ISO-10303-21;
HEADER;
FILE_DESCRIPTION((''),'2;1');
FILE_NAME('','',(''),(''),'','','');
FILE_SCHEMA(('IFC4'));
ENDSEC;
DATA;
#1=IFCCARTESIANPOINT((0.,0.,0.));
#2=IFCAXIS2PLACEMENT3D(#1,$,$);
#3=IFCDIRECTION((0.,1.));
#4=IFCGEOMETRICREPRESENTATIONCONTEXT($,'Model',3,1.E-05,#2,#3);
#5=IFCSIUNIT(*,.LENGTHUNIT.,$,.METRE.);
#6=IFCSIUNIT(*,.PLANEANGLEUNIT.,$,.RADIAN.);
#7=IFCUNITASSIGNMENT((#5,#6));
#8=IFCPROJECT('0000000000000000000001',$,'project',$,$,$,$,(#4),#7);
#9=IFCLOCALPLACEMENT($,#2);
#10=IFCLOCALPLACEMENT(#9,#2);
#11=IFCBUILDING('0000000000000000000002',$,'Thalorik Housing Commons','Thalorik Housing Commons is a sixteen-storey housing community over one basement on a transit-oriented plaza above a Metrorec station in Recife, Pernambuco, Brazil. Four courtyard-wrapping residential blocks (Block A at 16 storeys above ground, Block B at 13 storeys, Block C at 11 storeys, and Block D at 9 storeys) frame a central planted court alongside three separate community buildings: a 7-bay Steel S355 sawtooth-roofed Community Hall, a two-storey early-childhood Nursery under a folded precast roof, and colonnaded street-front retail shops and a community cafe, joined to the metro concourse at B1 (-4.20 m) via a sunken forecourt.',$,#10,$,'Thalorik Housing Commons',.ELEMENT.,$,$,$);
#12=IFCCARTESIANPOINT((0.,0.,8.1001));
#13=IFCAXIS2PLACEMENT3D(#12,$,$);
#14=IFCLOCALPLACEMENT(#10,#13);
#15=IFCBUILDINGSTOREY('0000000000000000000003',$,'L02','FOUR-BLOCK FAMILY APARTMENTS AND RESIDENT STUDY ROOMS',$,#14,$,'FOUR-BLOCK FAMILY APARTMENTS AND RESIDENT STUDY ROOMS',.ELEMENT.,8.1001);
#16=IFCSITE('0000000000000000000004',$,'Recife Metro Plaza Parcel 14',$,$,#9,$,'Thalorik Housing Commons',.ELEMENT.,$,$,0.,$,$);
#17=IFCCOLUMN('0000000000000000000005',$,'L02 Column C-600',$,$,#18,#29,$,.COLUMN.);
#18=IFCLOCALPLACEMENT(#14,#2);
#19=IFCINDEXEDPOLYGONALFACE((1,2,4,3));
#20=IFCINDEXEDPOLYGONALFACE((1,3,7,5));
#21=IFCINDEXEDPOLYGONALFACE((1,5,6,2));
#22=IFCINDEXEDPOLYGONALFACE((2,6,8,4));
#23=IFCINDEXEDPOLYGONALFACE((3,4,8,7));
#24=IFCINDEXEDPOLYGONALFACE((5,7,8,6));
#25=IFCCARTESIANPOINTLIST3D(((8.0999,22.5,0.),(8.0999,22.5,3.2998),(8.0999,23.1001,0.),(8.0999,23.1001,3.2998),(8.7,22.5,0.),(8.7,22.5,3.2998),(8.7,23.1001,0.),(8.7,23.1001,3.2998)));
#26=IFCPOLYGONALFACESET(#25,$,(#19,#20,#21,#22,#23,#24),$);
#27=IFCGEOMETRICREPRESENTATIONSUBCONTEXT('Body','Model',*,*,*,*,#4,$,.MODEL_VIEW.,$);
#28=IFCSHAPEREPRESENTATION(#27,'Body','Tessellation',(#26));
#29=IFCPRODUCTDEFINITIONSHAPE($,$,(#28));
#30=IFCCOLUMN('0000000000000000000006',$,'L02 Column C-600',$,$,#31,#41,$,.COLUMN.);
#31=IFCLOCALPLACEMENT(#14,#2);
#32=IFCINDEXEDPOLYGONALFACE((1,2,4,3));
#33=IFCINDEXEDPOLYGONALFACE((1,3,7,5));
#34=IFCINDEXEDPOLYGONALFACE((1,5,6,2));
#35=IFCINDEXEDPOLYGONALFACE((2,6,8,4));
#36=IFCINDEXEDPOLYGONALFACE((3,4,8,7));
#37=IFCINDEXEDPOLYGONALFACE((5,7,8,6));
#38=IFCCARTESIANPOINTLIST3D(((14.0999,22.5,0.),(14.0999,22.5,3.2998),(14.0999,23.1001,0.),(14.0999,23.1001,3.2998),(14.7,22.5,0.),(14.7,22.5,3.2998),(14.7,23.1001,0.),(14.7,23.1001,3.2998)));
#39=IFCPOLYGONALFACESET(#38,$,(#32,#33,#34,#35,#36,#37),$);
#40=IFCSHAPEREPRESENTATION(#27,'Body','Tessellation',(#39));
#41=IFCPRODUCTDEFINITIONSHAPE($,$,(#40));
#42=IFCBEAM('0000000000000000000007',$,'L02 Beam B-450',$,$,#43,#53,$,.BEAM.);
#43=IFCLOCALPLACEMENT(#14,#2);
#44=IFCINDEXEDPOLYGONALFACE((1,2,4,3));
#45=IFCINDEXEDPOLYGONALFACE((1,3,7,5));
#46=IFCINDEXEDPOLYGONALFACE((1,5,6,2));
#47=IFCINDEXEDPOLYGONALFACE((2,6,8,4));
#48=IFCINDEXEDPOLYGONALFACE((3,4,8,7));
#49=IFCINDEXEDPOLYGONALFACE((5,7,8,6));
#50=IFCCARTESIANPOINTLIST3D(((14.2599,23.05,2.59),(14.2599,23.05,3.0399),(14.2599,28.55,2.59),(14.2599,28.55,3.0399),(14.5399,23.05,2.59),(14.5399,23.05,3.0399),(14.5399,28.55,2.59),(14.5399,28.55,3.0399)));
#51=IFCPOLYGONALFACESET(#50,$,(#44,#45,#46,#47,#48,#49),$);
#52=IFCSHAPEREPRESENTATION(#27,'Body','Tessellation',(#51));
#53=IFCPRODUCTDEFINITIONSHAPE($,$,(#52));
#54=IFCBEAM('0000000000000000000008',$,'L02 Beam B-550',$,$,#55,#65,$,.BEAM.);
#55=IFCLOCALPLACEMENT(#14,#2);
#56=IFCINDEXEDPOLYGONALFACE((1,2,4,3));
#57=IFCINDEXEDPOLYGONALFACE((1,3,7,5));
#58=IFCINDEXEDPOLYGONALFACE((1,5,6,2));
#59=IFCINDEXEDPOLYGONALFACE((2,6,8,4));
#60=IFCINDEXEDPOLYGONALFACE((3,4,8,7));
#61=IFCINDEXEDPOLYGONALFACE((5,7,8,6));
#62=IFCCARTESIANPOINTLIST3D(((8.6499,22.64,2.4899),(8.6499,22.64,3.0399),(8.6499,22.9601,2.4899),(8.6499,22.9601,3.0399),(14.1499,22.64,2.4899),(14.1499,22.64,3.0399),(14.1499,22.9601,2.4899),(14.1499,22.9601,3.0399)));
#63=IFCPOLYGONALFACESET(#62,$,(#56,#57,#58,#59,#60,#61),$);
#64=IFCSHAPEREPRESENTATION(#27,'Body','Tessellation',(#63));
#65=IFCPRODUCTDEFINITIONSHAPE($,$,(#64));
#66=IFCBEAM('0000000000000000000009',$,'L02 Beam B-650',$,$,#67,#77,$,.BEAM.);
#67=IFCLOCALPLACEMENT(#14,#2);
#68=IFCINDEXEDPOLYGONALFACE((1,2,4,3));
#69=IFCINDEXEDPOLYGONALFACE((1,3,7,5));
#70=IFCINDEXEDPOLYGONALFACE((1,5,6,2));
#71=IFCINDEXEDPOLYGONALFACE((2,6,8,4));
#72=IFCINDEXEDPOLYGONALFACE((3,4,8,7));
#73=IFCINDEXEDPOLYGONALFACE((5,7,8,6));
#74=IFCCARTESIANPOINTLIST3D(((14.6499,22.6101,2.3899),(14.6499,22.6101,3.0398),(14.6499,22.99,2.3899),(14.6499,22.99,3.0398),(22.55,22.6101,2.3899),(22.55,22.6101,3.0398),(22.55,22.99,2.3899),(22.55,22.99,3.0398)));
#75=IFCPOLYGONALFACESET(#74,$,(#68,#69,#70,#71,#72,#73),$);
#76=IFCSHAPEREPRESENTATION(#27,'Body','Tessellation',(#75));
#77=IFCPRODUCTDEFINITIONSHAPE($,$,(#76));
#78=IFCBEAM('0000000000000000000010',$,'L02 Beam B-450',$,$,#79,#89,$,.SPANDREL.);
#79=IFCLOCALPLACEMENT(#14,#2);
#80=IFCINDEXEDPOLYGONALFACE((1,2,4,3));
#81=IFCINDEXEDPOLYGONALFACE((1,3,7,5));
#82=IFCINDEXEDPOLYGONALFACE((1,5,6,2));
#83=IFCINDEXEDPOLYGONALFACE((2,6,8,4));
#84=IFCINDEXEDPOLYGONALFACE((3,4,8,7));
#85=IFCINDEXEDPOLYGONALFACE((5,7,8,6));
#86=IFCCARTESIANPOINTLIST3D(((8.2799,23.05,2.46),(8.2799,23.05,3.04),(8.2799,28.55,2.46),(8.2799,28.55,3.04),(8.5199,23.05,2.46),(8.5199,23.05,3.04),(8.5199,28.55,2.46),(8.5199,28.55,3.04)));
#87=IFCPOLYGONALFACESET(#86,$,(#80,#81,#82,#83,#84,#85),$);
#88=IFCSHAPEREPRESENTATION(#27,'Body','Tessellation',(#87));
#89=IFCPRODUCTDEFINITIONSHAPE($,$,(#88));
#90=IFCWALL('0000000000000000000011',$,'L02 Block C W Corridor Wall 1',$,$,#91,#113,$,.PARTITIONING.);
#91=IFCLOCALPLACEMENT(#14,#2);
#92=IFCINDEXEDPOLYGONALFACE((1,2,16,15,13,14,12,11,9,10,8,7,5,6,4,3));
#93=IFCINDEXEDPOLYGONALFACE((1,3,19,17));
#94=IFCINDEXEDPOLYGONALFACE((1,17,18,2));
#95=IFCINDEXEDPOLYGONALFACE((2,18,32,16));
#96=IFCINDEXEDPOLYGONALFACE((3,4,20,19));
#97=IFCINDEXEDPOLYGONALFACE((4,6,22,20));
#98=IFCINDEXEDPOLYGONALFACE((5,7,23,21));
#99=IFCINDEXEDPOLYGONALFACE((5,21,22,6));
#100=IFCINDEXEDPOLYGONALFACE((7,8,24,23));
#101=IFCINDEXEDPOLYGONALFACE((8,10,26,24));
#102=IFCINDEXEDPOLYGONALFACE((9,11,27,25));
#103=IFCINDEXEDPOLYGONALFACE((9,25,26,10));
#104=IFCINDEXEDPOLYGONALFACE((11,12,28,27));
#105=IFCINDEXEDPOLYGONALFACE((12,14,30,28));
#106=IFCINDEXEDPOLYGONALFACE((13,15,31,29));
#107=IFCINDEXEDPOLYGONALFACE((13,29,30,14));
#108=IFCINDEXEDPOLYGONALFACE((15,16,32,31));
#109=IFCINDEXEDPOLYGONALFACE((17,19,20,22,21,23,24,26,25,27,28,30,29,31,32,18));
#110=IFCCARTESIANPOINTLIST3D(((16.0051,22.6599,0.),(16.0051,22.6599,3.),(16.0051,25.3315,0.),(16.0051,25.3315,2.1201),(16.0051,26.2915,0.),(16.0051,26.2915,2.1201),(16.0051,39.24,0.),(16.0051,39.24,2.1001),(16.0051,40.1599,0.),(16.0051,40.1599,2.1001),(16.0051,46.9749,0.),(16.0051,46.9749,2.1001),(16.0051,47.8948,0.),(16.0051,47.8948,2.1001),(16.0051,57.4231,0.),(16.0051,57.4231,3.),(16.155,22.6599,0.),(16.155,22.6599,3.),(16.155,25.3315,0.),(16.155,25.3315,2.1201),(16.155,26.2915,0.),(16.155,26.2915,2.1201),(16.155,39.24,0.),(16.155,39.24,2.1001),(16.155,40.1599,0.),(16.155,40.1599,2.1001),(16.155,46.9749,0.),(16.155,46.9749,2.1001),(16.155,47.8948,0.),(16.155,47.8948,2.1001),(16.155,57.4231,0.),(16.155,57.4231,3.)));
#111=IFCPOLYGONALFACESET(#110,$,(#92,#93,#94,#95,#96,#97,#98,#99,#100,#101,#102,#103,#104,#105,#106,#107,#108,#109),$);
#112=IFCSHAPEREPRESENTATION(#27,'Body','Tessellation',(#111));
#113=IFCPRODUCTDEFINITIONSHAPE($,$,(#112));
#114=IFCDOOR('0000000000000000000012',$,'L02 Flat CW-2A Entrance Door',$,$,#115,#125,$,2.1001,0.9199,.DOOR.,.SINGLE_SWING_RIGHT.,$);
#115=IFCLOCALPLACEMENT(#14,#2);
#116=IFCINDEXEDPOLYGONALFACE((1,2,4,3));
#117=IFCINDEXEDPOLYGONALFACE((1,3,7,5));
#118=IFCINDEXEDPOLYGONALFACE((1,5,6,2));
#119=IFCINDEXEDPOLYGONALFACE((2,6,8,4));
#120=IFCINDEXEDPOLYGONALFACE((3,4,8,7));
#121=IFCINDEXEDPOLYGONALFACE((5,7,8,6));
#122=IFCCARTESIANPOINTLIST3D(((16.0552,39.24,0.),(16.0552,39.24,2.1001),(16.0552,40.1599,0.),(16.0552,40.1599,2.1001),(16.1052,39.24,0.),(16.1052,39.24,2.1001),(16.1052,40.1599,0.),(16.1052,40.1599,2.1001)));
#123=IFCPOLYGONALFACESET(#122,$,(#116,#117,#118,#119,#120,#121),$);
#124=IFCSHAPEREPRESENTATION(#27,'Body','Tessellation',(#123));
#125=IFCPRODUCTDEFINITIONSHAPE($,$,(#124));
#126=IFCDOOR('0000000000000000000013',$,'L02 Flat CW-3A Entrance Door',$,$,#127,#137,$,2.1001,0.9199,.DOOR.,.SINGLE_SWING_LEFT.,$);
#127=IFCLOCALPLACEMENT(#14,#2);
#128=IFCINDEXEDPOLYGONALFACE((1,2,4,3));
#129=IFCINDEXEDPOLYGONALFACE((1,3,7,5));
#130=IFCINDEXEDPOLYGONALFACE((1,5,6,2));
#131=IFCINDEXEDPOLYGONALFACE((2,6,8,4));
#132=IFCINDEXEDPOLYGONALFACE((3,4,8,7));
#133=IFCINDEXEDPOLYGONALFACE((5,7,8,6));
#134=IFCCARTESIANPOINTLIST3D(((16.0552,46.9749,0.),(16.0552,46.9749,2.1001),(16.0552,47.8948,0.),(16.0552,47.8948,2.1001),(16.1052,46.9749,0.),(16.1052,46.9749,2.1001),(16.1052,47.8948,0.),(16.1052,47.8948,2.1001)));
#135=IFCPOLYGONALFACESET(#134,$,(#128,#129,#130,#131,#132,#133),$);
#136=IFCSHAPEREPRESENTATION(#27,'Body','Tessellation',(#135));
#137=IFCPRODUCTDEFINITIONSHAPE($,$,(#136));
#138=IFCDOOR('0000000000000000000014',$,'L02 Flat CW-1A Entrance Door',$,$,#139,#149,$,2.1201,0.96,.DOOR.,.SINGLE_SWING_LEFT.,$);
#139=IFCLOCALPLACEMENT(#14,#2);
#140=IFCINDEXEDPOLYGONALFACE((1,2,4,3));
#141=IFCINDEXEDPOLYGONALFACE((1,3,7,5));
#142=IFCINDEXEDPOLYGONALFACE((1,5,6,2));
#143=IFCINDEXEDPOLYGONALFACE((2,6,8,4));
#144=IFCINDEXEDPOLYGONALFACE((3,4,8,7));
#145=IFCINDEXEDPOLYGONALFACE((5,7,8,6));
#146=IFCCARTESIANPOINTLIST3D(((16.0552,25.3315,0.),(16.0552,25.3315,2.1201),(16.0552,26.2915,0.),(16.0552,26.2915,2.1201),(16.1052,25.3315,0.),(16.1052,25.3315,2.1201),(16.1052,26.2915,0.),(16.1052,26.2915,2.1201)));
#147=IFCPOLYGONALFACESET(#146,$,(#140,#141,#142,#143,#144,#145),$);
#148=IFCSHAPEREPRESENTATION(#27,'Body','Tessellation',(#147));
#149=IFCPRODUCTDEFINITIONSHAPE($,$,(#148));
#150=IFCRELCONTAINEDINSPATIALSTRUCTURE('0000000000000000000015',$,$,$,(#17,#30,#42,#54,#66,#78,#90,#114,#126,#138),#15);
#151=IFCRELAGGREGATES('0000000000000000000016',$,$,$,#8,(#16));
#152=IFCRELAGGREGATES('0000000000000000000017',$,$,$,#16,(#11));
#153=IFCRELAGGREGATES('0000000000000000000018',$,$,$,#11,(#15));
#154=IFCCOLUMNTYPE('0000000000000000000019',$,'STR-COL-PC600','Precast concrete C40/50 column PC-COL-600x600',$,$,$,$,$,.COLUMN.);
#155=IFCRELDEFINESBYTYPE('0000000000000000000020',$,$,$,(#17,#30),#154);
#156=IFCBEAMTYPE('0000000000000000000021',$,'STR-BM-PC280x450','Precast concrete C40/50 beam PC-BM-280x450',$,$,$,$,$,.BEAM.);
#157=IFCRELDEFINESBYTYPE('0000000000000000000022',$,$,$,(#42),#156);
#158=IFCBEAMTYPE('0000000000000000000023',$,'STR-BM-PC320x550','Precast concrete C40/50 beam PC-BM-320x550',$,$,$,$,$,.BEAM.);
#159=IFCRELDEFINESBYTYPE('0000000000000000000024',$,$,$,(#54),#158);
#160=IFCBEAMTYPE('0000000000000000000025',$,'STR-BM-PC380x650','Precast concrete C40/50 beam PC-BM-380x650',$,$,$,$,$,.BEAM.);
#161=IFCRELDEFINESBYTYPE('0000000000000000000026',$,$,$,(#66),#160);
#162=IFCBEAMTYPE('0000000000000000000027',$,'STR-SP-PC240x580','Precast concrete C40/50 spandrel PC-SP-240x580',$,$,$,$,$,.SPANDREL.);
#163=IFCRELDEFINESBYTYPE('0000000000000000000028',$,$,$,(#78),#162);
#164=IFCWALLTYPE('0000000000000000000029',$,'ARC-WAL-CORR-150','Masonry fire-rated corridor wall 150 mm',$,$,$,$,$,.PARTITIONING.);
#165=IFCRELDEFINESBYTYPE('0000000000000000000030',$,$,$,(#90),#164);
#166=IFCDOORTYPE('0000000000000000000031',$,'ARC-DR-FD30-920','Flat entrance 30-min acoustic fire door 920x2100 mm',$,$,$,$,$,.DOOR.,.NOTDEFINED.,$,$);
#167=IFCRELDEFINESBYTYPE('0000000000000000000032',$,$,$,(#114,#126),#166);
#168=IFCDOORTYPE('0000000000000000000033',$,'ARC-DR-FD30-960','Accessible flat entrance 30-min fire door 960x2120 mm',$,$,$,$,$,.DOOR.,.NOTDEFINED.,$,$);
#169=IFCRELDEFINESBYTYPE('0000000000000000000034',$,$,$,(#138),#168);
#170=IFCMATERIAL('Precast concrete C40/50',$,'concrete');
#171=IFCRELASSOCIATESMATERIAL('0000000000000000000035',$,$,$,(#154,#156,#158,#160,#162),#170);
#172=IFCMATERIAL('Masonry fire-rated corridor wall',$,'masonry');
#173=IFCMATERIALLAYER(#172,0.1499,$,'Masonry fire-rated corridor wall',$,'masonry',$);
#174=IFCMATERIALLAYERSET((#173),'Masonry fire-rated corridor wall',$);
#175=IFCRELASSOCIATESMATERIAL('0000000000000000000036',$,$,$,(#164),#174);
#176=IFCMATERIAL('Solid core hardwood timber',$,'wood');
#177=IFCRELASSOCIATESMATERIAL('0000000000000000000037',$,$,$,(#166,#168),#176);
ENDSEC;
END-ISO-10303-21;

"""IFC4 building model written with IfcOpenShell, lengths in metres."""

from ifc_helpers import new_model, si_unit, direction, frame, frame_2d, origin, origin_2d, place, context, subcontext, project, spatial, rectangle, extrude, material, layer, layer_set, material_profile, profile_set, type_object, element, fill, save


model = new_model("IFC4")

# Units and contexts
model_context = context("Model", 3, precision=1e-05, world=origin(), true_north=direction((0.0, 1.0)))
body_context = subcontext(model_context, "Body", "Model", "MODEL_VIEW")
ifc_project = project(units=[si_unit("LENGTHUNIT", "METRE"), si_unit("PLANEANGLEUNIT", "RADIAN")], contexts=[model_context])

# Site, building, storey
site_placement = place(None, origin())
site = spatial("IfcSite", under=ifc_project, at=site_placement, Name="Recife Metro Plaza Parcel 14", LongName="Thalorik Housing Commons", CompositionType="ELEMENT", RefElevation=0.0)
building_placement = place(site_placement, origin())
building = spatial("IfcBuilding", under=site, at=building_placement, Name="Thalorik Housing Commons", Description="Thalorik Housing Commons is a sixteen-storey housing community over one basement on a transit-oriented plaza above a Metrorec station in Recife, Pernambuco, Brazil. Four courtyard-wrapping residential blocks (Block A at 16 storeys above ground, Block B at 13 storeys, Block C at 11 storeys, and Block D at 9 storeys) frame a central planted court alongside three separate community buildings: a 7-bay Steel S355 sawtooth-roofed Community Hall, a two-storey early-childhood Nursery under a folded precast roof, and colonnaded street-front retail shops and a community cafe, joined to the metro concourse at B1 (-4.20 m) via a sunken forecourt.", LongName="Thalorik Housing Commons", CompositionType="ELEMENT")
storey_placement = place(building_placement, frame((0.0, 0.0, 8.1001)))
storey = spatial("IfcBuildingStorey", under=building, at=storey_placement, Name="L02", Description="FOUR-BLOCK FAMILY APARTMENTS AND RESIDENT STUDY ROOMS", LongName="FOUR-BLOCK FAMILY APARTMENTS AND RESIDENT STUDY ROOMS", CompositionType="ELEMENT", Elevation=8.1001)

# Columns
ifc_material_1 = material(Name="Precast concrete C40/50", Category="concrete")
ifc_material_profile_1 = material_profile(ifc_material_1, rectangle(XDim=0.6001, YDim=0.6001, at=origin_2d()), Name="PC 600x600", Category="concrete")
ifc_profile_set_1 = profile_set([ifc_material_profile_1], Name="Precast concrete C40/50")
column_type = type_object("IfcColumnType", Name="STR-COL-PC600", Description="Precast concrete C40/50 column PC-COL-600x600", PredefinedType="COLUMN", material=ifc_profile_set_1)
for number, where, z_axis, x_axis, name in (
    (1, (8.3999, 22.8, 0.0), (0.0, 0.0, 1.0), (1.0, 0.0, 0.0), "L02 Column C-600"),
    (2, (14.3999, 22.8, 0.0), (0.0, 0.0, 1.0), (1.0, 0.0, 0.0), "L02 Column C-600"),
):
    element("IfcColumn", number, at=place(storey_placement, frame(where, z_axis=z_axis, x_axis=x_axis)), inside=storey, type_object=column_type, Name=name, PredefinedType="COLUMN", context=body_context, shape_type="SweptSolid", body=[
        extrude(rectangle(XDim=0.6001, YDim=0.6001, at=origin_2d()), origin(), (0.0, 0.0, 1.0), 3.2998),
    ])

# Beams
ifc_material_profile_2 = material_profile(ifc_material_1, rectangle(XDim=0.28, YDim=0.45, at=origin_2d()), Name="PC 280x450", Category="concrete")
ifc_profile_set_2 = profile_set([ifc_material_profile_2], Name="Precast concrete C40/50")
beam_type_1 = type_object("IfcBeamType", Name="STR-BM-PC280x450", Description="Precast concrete C40/50 beam PC-BM-280x450", PredefinedType="BEAM", material=ifc_profile_set_2)
beam_1_placement = place(storey_placement, frame((14.3999, 23.05, 2.8149), z_axis=(0.0, 1.0, 0.0), x_axis=(-1.0, 0.0, 0.0)))
element("IfcBeam", 3, at=beam_1_placement, inside=storey, type_object=beam_type_1, Name="L02 Beam B-450", PredefinedType="BEAM", context=body_context, shape_type="SweptSolid", body=[
    extrude(rectangle(XDim=0.28, YDim=0.45, at=origin_2d()), origin(), (0.0, 0.0, 1.0), 5.5),
])
ifc_material_profile_3 = material_profile(ifc_material_1, rectangle(XDim=0.3201, YDim=0.55, at=origin_2d()), Name="PC 320x550", Category="concrete")
ifc_profile_set_3 = profile_set([ifc_material_profile_3], Name="Precast concrete C40/50")
beam_type_2 = type_object("IfcBeamType", Name="STR-BM-PC320x550", Description="Precast concrete C40/50 beam PC-BM-320x550", PredefinedType="BEAM", material=ifc_profile_set_3)
beam_2_placement = place(storey_placement, frame((8.6499, 22.8, 2.7649), z_axis=(1.0, 0.0, 0.0), x_axis=(0.0, 1.0, 0.0)))
element("IfcBeam", 4, at=beam_2_placement, inside=storey, type_object=beam_type_2, Name="L02 Beam B-550", PredefinedType="BEAM", context=body_context, shape_type="SweptSolid", body=[
    extrude(rectangle(XDim=0.3201, YDim=0.55, at=origin_2d()), origin(), (0.0, 0.0, 1.0), 5.5),
])
ifc_material_profile_4 = material_profile(ifc_material_1, rectangle(XDim=0.3799, YDim=0.6499, at=origin_2d()), Name="PC 380x650", Category="concrete")
ifc_profile_set_4 = profile_set([ifc_material_profile_4], Name="Precast concrete C40/50")
beam_type_3 = type_object("IfcBeamType", Name="STR-BM-PC380x650", Description="Precast concrete C40/50 beam PC-BM-380x650", PredefinedType="BEAM", material=ifc_profile_set_4)
beam_3_placement = place(storey_placement, frame((14.6499, 22.8, 2.7148), z_axis=(1.0, 0.0, 0.0), x_axis=(0.0, 1.0, 0.0)))
element("IfcBeam", 5, at=beam_3_placement, inside=storey, type_object=beam_type_3, Name="L02 Beam B-650", PredefinedType="BEAM", context=body_context, shape_type="SweptSolid", body=[
    extrude(rectangle(XDim=0.3799, YDim=0.6499, at=origin_2d()), origin(), (0.0, 0.0, 1.0), 7.9001),
])
ifc_material_profile_5 = material_profile(ifc_material_1, rectangle(XDim=0.24, YDim=0.5801, at=origin_2d()), Name="PC SP 240x580", Category="concrete")
ifc_profile_set_5 = profile_set([ifc_material_profile_5], Name="Precast concrete C40/50")
beam_type_4 = type_object("IfcBeamType", Name="STR-SP-PC240x580", Description="Precast concrete C40/50 spandrel PC-SP-240x580", PredefinedType="SPANDREL", material=ifc_profile_set_5)
beam_4_placement = place(storey_placement, frame((8.3999, 23.05, 2.75), z_axis=(0.0, 1.0, 0.0), x_axis=(-1.0, 0.0, 0.0)))
element("IfcBeam", 6, at=beam_4_placement, inside=storey, type_object=beam_type_4, Name="L02 Beam B-450", PredefinedType="SPANDREL", context=body_context, shape_type="SweptSolid", body=[
    extrude(rectangle(XDim=0.24, YDim=0.5801, at=origin_2d()), origin(), (0.0, 0.0, 1.0), 5.5),
])

# Wall, openings, doors
ifc_material_2 = material(Name="Masonry fire-rated corridor wall", Category="masonry")
ifc_layer_1 = layer(ifc_material_2, 0.1499, Name="Masonry fire-rated corridor wall", Category="masonry")
ifc_layer_set_1 = layer_set([ifc_layer_1], Name="Masonry fire-rated corridor wall")
wall_type_1 = type_object("IfcWallType", Name="ARC-WAL-CORR-150", Description="Masonry fire-rated corridor wall 150 mm", PredefinedType="PARTITIONING", material=ifc_layer_set_1)
wall_1_placement = place(storey_placement, frame((16.0801, 22.6599, 0.0), z_axis=(0.0, 0.0, 1.0), x_axis=(0.0, 1.0, 0.0)))
wall_1 = element("IfcWall", 7, at=wall_1_placement, inside=storey, type_object=wall_type_1, Name="L02 Block C W Corridor Wall 1", PredefinedType="PARTITIONING", context=body_context, shape_type="SweptSolid", body=[
    extrude(rectangle(XDim=34.7632, YDim=0.1499, at=frame_2d((17.3816, 0.0))), origin(), (0.0, 0.0, 1.0), 3.0),
])
opening_1_placement = place(wall_1_placement, frame((2.6716, 0.0, 0.0)))
opening_1 = element("IfcOpeningElement", 8, at=opening_1_placement, cuts=wall_1, PredefinedType="OPENING", context=body_context, shape_type="SweptSolid", body=[
    extrude(rectangle(XDim=0.96, YDim=2.1201, at=frame_2d((0.48, 1.0601))), frame((0.0, 0.085, 0.0), z_axis=(0.0, -1.0, 0.0), x_axis=(1.0, 0.0, 0.0)), (0.0, 0.0, 1.0), 0.1699),
])
opening_2_placement = place(wall_1_placement, frame((16.5801, 0.0, 0.0)))
opening_2 = element("IfcOpeningElement", 9, at=opening_2_placement, cuts=wall_1, PredefinedType="OPENING", context=body_context, shape_type="SweptSolid", body=[
    extrude(rectangle(XDim=0.9199, YDim=2.1001, at=frame_2d((0.46, 1.05))), frame((0.0, 0.085, 0.0), z_axis=(0.0, -1.0, 0.0), x_axis=(1.0, 0.0, 0.0)), (0.0, 0.0, 1.0), 0.1699),
])
opening_3_placement = place(wall_1_placement, frame((24.3149, 0.0, 0.0)))
opening_3 = element("IfcOpeningElement", 10, at=opening_3_placement, cuts=wall_1, PredefinedType="OPENING", context=body_context, shape_type="SweptSolid", body=[
    extrude(rectangle(XDim=0.9199, YDim=2.1001, at=frame_2d((0.46, 1.05))), frame((0.0, 0.085, 0.0), z_axis=(0.0, -1.0, 0.0), x_axis=(1.0, 0.0, 0.0)), (0.0, 0.0, 1.0), 0.1699),
])
ifc_material_3 = material(Name="Solid core hardwood timber", Category="wood")
door_type_1 = type_object("IfcDoorType", Name="ARC-DR-FD30-920", Description="Flat entrance 30-min acoustic fire door 920x2100 mm", OperationType="NOTDEFINED", PredefinedType="DOOR", material=ifc_material_3)
door_1_placement = place(opening_2_placement, origin())
door_1 = element("IfcDoor", 11, at=door_1_placement, inside=storey, type_object=door_type_1, Name="L02 Flat CW-2A Entrance Door", OperationType="SINGLE_SWING_RIGHT", OverallHeight=2.1001, OverallWidth=0.9199, PredefinedType="DOOR", context=body_context, shape_type="SweptSolid", body=[
    extrude(rectangle(XDim=0.9199, YDim=2.1001, at=frame_2d((0.46, 1.05))), frame((0.0, 0.0249, 0.0), z_axis=(0.0, -1.0, 0.0), x_axis=(1.0, 0.0, 0.0)), (0.0, 0.0, 1.0), 0.05),
])
fill(opening_2, door_1)
door_2_placement = place(opening_3_placement, origin())
door_2 = element("IfcDoor", 12, at=door_2_placement, inside=storey, type_object=door_type_1, Name="L02 Flat CW-3A Entrance Door", OperationType="SINGLE_SWING_LEFT", OverallHeight=2.1001, OverallWidth=0.9199, PredefinedType="DOOR", context=body_context, shape_type="SweptSolid", body=[
    extrude(rectangle(XDim=0.9199, YDim=2.1001, at=frame_2d((0.46, 1.05))), frame((0.0, 0.0249, 0.0), z_axis=(0.0, -1.0, 0.0), x_axis=(1.0, 0.0, 0.0)), (0.0, 0.0, 1.0), 0.05),
])
fill(opening_3, door_2)
door_type_2 = type_object("IfcDoorType", Name="ARC-DR-FD30-960", Description="Accessible flat entrance 30-min fire door 960x2120 mm", OperationType="NOTDEFINED", PredefinedType="DOOR", material=ifc_material_3)
door_3_placement = place(opening_1_placement, origin())
door_3 = element("IfcDoor", 13, at=door_3_placement, inside=storey, type_object=door_type_2, Name="L02 Flat CW-1A Entrance Door", OperationType="SINGLE_SWING_LEFT", OverallHeight=2.1201, OverallWidth=0.96, PredefinedType="DOOR", context=body_context, shape_type="SweptSolid", body=[
    extrude(rectangle(XDim=0.96, YDim=2.1201, at=frame_2d((0.48, 1.0601))), frame((0.0, 0.0249, 0.0), z_axis=(0.0, -1.0, 0.0), x_axis=(1.0, 0.0, 0.0)), (0.0, 0.0, 1.0), 0.05),
])
fill(opening_1, door_3)

save(model, "model.ifc")
